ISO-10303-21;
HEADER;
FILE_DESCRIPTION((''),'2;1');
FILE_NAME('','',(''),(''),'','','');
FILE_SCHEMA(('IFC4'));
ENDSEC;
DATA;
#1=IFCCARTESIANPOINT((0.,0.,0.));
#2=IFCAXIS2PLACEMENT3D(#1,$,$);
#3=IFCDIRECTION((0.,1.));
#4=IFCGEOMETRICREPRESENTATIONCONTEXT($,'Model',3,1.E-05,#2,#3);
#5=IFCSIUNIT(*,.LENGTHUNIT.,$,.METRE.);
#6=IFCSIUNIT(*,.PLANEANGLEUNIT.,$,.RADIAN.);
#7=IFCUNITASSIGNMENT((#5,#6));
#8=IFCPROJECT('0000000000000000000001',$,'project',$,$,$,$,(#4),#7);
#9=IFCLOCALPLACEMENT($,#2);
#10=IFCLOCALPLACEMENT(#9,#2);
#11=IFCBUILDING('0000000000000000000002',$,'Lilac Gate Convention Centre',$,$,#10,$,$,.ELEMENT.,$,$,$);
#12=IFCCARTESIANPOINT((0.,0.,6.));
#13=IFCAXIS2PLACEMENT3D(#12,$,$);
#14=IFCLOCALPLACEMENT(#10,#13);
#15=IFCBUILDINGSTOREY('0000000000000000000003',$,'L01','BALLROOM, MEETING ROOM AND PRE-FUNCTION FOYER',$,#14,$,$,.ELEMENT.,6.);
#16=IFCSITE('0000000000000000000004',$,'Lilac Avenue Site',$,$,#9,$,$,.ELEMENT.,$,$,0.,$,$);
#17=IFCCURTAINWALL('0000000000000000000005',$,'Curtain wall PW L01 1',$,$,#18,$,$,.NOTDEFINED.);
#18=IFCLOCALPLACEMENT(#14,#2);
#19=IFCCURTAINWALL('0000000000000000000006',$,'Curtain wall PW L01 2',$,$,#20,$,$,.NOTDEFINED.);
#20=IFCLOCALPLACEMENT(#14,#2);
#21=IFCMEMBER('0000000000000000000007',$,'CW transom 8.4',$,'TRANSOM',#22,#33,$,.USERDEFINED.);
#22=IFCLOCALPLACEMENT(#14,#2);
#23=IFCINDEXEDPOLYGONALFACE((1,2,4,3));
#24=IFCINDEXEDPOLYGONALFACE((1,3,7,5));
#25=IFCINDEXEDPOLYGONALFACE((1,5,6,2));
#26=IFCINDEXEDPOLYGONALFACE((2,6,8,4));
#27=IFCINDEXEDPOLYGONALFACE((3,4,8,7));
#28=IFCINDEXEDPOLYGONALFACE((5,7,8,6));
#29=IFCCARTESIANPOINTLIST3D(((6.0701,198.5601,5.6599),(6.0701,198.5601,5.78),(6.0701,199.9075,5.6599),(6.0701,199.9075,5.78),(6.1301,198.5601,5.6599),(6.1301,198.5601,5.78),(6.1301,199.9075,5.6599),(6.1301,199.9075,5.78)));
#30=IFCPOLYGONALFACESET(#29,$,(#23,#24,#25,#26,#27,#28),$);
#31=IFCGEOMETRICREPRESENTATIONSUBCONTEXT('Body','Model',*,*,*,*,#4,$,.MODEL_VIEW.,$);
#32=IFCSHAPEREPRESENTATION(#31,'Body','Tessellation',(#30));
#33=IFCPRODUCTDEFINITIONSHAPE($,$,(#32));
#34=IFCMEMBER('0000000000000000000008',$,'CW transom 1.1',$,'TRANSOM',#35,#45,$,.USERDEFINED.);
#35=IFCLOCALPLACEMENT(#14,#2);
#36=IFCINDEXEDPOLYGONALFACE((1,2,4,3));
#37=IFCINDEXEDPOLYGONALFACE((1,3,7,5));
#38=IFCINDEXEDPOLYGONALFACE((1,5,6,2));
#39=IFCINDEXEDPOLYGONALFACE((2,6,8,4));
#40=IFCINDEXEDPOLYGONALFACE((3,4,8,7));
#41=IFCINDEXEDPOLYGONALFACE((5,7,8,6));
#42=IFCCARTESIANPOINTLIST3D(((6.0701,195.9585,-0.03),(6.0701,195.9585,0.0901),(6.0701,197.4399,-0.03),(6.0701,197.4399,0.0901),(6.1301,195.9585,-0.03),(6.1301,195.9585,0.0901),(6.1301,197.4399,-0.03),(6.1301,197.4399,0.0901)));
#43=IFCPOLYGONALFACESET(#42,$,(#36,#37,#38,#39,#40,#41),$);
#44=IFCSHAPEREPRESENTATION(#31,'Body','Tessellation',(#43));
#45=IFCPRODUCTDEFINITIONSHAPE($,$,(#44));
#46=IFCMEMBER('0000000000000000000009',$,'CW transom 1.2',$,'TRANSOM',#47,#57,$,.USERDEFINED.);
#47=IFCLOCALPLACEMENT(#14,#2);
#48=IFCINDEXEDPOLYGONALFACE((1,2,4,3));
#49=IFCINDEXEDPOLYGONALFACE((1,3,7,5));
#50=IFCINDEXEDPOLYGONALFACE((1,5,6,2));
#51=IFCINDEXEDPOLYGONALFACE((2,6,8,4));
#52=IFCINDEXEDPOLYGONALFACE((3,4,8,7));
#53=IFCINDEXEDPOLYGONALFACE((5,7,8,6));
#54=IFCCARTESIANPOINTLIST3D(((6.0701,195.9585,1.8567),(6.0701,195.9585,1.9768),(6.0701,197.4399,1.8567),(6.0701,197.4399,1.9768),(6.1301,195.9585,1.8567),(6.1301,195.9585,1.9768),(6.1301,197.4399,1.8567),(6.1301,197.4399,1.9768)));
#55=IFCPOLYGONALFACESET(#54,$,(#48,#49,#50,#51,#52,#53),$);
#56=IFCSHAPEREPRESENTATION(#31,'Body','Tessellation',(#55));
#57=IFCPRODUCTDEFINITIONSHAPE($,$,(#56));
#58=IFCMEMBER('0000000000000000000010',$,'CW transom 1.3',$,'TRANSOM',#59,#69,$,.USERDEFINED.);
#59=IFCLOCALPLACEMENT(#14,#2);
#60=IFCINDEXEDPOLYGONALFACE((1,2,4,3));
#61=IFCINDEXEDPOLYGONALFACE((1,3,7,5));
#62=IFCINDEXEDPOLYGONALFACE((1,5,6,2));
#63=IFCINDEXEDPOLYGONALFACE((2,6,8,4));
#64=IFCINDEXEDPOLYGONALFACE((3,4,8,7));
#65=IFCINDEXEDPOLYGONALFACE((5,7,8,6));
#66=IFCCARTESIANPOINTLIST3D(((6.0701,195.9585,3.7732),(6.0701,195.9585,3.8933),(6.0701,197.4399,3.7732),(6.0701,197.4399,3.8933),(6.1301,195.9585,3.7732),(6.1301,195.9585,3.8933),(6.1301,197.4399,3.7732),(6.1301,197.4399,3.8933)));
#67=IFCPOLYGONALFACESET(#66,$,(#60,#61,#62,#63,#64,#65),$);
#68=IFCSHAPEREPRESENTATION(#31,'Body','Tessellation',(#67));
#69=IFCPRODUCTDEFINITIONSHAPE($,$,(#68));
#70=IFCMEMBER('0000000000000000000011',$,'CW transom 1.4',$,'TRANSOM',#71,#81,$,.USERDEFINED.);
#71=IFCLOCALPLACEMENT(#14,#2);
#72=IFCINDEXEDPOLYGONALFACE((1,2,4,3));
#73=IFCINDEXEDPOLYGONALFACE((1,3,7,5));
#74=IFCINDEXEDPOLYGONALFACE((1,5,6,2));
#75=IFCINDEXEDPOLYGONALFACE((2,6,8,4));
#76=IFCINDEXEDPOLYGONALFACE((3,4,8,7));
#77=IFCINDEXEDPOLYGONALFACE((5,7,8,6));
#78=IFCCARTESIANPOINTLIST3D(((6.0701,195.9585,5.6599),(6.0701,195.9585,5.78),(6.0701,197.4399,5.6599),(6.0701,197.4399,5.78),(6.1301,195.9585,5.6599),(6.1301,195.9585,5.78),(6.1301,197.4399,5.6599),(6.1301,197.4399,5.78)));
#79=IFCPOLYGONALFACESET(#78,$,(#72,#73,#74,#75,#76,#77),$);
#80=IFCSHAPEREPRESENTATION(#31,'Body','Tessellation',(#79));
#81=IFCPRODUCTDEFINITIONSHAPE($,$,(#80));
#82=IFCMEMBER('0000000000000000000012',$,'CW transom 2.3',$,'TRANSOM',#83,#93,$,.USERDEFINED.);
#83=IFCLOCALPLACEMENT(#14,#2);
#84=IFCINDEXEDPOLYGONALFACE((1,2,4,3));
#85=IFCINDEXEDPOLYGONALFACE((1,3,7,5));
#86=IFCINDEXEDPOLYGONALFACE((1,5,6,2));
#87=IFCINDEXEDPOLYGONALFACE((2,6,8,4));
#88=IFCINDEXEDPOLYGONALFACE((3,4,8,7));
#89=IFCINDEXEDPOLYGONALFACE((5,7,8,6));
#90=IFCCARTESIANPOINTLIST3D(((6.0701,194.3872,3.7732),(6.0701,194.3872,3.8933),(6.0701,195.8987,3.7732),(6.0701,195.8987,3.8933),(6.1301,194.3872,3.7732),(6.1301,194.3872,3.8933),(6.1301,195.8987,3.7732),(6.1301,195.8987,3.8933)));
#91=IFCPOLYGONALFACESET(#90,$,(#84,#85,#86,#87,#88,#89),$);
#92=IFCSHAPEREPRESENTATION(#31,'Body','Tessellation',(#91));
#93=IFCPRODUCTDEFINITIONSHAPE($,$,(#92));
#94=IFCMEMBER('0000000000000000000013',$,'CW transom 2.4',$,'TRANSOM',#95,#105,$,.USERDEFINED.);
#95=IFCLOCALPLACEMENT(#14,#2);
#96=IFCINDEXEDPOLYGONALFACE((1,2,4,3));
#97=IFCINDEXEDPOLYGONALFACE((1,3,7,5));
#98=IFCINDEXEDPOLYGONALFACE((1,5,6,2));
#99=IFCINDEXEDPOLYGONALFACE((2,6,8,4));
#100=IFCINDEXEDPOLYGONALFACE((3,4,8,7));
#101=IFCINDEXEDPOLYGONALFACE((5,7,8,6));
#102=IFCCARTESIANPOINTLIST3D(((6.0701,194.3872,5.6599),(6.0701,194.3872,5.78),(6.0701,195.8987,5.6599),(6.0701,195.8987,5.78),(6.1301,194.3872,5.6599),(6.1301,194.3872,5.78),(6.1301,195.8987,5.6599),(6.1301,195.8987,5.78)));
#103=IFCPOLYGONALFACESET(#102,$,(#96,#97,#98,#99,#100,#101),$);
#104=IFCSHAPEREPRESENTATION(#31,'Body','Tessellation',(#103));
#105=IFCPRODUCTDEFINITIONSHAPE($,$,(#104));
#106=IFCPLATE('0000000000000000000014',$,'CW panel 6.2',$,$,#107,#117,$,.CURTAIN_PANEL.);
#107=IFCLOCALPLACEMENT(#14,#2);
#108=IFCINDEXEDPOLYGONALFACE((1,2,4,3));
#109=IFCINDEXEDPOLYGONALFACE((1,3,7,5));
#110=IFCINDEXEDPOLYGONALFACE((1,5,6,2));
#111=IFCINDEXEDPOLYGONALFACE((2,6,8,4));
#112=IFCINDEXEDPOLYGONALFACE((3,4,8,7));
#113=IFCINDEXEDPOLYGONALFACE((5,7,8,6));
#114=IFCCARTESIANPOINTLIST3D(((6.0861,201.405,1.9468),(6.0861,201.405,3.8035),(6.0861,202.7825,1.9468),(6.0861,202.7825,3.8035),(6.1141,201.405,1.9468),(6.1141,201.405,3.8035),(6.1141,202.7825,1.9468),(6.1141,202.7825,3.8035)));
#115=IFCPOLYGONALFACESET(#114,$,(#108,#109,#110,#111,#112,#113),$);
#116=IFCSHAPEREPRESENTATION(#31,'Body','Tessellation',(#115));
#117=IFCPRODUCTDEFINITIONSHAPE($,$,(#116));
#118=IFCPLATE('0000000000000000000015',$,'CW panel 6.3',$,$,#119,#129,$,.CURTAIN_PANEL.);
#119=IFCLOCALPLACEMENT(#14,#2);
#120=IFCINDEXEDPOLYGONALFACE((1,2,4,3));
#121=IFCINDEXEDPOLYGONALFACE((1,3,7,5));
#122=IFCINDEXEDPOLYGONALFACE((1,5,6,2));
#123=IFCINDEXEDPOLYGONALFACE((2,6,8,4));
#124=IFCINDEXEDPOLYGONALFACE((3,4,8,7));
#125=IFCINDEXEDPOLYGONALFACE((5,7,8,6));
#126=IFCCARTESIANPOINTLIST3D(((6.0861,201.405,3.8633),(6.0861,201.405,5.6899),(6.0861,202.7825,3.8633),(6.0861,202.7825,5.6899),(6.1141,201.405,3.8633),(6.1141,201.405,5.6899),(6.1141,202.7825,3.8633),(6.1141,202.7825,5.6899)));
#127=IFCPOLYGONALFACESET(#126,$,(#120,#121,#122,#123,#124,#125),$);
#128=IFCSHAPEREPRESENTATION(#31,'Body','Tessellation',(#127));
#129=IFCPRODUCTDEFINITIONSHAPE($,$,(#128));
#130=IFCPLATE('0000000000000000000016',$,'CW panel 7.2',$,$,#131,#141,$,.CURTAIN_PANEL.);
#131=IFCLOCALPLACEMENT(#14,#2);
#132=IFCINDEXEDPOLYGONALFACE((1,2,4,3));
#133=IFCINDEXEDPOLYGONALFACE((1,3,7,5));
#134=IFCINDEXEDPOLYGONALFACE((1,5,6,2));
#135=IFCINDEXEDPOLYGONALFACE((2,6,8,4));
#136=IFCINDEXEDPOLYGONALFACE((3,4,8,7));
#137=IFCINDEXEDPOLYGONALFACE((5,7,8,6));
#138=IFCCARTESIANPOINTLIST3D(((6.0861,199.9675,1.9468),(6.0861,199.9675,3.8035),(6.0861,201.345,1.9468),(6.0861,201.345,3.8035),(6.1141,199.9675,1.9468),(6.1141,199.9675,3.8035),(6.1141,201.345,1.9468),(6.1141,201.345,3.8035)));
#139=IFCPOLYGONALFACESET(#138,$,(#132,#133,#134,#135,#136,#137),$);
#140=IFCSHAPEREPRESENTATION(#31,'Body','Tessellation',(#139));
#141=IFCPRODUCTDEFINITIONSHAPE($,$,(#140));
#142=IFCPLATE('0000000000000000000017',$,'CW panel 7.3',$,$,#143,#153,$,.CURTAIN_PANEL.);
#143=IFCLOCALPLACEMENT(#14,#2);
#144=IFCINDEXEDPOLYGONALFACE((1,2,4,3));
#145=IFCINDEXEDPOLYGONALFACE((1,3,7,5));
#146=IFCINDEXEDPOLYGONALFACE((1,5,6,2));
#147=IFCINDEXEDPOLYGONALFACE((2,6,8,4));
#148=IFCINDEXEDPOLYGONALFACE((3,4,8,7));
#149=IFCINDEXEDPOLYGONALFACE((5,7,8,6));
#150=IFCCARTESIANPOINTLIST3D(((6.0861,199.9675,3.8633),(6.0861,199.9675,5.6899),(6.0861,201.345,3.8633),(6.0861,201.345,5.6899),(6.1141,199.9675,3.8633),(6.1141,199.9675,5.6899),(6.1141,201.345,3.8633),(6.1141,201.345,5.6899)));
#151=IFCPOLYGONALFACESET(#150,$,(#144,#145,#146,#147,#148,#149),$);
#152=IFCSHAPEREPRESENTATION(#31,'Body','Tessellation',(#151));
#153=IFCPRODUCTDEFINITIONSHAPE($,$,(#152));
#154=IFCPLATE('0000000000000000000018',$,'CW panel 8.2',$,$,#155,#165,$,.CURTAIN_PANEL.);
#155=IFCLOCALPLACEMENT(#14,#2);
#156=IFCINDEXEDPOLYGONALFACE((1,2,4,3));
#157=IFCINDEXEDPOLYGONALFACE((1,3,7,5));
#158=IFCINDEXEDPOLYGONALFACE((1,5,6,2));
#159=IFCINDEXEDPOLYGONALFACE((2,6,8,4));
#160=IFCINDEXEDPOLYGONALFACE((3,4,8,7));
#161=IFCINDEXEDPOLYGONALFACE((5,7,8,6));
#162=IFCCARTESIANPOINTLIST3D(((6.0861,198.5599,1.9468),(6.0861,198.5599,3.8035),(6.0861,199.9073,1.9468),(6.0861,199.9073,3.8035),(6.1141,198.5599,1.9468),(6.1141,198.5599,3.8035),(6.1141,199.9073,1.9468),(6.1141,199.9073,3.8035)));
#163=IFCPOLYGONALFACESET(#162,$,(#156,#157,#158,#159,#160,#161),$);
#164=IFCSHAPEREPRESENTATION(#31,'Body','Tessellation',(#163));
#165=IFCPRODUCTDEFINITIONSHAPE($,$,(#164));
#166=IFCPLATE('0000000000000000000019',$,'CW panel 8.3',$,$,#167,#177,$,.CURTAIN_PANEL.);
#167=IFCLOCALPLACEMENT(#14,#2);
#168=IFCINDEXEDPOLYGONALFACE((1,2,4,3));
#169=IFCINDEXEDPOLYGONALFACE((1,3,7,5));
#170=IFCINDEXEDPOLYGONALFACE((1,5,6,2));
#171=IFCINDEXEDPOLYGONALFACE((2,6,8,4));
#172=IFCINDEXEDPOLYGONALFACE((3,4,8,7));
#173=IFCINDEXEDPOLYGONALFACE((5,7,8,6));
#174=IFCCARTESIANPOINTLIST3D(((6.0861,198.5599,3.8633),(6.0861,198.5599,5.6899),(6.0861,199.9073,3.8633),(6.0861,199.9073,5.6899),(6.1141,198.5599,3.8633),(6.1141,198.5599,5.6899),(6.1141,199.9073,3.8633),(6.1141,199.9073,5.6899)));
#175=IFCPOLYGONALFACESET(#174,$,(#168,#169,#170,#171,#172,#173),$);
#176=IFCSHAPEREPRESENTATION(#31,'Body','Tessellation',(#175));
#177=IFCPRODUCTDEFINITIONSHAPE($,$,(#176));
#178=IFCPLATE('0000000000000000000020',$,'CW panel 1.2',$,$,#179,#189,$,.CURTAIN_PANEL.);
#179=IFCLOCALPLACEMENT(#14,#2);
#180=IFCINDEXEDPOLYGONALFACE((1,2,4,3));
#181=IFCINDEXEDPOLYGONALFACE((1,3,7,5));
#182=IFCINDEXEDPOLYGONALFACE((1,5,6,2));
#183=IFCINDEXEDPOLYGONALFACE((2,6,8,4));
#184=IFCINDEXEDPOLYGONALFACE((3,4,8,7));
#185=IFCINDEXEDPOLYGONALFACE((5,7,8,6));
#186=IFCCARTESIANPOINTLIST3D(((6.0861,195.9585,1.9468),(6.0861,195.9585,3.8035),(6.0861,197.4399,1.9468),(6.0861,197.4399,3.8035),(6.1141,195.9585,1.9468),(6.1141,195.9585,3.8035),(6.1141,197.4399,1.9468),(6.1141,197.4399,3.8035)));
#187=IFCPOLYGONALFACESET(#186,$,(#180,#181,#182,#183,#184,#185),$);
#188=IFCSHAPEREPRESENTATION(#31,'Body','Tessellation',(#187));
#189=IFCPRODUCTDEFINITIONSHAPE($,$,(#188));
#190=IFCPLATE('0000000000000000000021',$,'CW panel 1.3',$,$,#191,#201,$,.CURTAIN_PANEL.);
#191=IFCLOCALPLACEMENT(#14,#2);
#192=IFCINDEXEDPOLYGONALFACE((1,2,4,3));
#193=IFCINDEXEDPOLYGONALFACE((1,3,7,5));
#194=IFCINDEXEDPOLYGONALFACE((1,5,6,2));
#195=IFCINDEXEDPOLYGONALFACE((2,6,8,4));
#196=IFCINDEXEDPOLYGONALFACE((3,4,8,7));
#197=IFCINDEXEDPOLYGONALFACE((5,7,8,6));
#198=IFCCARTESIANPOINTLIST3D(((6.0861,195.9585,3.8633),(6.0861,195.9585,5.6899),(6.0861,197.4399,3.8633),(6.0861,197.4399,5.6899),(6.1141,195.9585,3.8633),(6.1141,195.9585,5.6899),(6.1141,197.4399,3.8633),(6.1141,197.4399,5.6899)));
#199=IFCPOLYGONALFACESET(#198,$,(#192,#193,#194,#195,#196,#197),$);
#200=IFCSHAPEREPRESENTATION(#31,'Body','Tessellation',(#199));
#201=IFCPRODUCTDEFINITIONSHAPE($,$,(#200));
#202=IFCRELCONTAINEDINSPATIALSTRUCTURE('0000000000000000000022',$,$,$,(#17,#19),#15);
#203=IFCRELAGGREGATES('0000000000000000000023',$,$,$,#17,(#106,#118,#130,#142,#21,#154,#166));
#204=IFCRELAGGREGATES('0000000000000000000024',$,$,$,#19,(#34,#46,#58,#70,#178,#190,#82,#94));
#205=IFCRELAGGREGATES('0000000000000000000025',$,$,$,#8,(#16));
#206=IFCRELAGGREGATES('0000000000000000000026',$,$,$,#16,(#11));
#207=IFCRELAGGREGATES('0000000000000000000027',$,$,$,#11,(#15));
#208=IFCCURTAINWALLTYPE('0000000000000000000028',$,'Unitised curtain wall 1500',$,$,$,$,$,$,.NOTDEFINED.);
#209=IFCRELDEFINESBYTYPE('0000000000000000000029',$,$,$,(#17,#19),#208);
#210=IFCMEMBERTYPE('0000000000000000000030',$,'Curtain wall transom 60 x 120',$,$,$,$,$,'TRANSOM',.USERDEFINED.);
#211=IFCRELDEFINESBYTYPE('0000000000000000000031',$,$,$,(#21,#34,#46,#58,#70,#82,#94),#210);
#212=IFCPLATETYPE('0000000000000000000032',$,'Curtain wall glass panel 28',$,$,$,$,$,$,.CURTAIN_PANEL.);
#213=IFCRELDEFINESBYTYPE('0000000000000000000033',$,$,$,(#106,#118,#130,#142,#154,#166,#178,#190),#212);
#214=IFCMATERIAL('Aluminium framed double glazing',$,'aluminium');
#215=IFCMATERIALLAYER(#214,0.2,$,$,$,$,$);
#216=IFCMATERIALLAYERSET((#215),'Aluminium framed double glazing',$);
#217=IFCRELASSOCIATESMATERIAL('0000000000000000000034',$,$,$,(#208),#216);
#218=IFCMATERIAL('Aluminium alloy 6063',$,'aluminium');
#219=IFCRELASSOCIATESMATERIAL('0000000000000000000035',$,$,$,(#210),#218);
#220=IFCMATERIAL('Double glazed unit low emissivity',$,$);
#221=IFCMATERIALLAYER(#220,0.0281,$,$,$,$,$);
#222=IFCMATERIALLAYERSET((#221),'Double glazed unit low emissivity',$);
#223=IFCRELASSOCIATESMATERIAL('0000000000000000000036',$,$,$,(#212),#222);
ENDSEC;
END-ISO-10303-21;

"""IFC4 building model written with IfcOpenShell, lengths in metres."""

from ifc_helpers import new_model, si_unit, direction, frame, origin, origin_2d, place, context, subcontext, project, spatial, rectangle, extrude, material, layer, layer_set, material_profile, profile_set, type_object, element, aggregate, save


model = new_model("IFC4")

# Units and contexts
model_context = context("Model", 3, precision=1e-05, world=origin(), true_north=direction((0.0, 1.0)))
body_context = subcontext(model_context, "Body", "Model", "MODEL_VIEW")
ifc_project = project(units=[si_unit("LENGTHUNIT", "METRE"), si_unit("PLANEANGLEUNIT", "RADIAN")], contexts=[model_context])

# Site, building, storey
site_placement = place(None, origin())
site = spatial("IfcSite", under=ifc_project, at=site_placement, Name="Lilac Avenue Site", CompositionType="ELEMENT", RefElevation=0.0)
building_placement = place(site_placement, origin())
building = spatial("IfcBuilding", under=site, at=building_placement, Name="Lilac Gate Convention Centre", CompositionType="ELEMENT")
storey_placement = place(building_placement, frame((0.0, 0.0, 6.0)))
storey = spatial("IfcBuildingStorey", under=building, at=storey_placement, Name="L01", Description="BALLROOM, MEETING ROOM AND PRE-FUNCTION FOYER", CompositionType="ELEMENT", Elevation=6.0)

# Curtain walls
ifc_material_1 = material(Name="Aluminium framed double glazing", Category="aluminium")
ifc_layer_1 = layer(ifc_material_1, 0.2)
ifc_layer_set_1 = layer_set([ifc_layer_1], Name="Aluminium framed double glazing")
curtain_wall_type = type_object("IfcCurtainWallType", Name="Unitised curtain wall 1500", PredefinedType="NOTDEFINED", material=ifc_layer_set_1)
curtain_wall_1_placement = place(storey_placement, origin())
curtain_wall_1 = element("IfcCurtainWall", 1, at=curtain_wall_1_placement, inside=storey, type_object=curtain_wall_type, Name="Curtain wall PW L01 1", PredefinedType="NOTDEFINED")
ifc_material_2 = material(Name="Aluminium alloy 6063", Category="aluminium")
curtain_wall_2_placement = place(storey_placement, origin())
curtain_wall_2 = element("IfcCurtainWall", 2, at=curtain_wall_2_placement, inside=storey, type_object=curtain_wall_type, Name="Curtain wall PW L01 2", PredefinedType="NOTDEFINED")

# Members
ifc_material_profile_1 = material_profile(ifc_material_2, rectangle(XDim=0.0601, YDim=0.1201, at=origin_2d()), Name="Curtain wall transom 60 x 120")
ifc_profile_set_1 = profile_set([ifc_material_profile_1], Name="Aluminium alloy 6063")
member_type_1 = type_object("IfcMemberType", Name="Curtain wall transom 60 x 120", ElementType="TRANSOM", PredefinedType="USERDEFINED", material=ifc_profile_set_1)
member_1_placement = place(storey_placement, frame((6.1001, 199.9075, 5.72), z_axis=(0.0, -1.0, 0.0), x_axis=(1.0, 0.0, 0.0)))
member_1 = element("IfcMember", 3, at=member_1_placement, type_object=member_type_1, Name="CW transom 8.4", ObjectType="TRANSOM", PredefinedType="USERDEFINED", context=body_context, shape_type="SweptSolid", body=[
    extrude(rectangle(XDim=0.0601, YDim=0.1201, at=origin_2d()), origin(), (0.0, 0.0, 1.0), 1.3474),
])
member_2_placement = place(storey_placement, frame((6.1001, 197.4399, 0.03), z_axis=(0.0, -1.0, 0.0), x_axis=(1.0, 0.0, 0.0)))
member_2 = element("IfcMember", 4, at=member_2_placement, type_object=member_type_1, Name="CW transom 1.1", ObjectType="TRANSOM", PredefinedType="USERDEFINED", context=body_context, shape_type="SweptSolid", body=[
    extrude(rectangle(XDim=0.0601, YDim=0.1201, at=origin_2d()), origin(), (0.0, 0.0, 1.0), 1.4814),
])
member_3_placement = place(storey_placement, frame((6.1001, 197.4399, 1.9167), z_axis=(0.0, -1.0, 0.0), x_axis=(1.0, 0.0, 0.0)))
member_3 = element("IfcMember", 5, at=member_3_placement, type_object=member_type_1, Name="CW transom 1.2", ObjectType="TRANSOM", PredefinedType="USERDEFINED", context=body_context, shape_type="SweptSolid", body=[
    extrude(rectangle(XDim=0.0601, YDim=0.1201, at=origin_2d()), origin(), (0.0, 0.0, 1.0), 1.4814),
])
member_4_placement = place(storey_placement, frame((6.1001, 197.4399, 3.8333), z_axis=(0.0, -1.0, 0.0), x_axis=(1.0, 0.0, 0.0)))
member_4 = element("IfcMember", 6, at=member_4_placement, type_object=member_type_1, Name="CW transom 1.3", ObjectType="TRANSOM", PredefinedType="USERDEFINED", context=body_context, shape_type="SweptSolid", body=[
    extrude(rectangle(XDim=0.0601, YDim=0.1201, at=origin_2d()), origin(), (0.0, 0.0, 1.0), 1.4814),
])
member_5_placement = place(storey_placement, frame((6.1001, 197.4399, 5.72), z_axis=(0.0, -1.0, 0.0), x_axis=(1.0, 0.0, 0.0)))
member_5 = element("IfcMember", 7, at=member_5_placement, type_object=member_type_1, Name="CW transom 1.4", ObjectType="TRANSOM", PredefinedType="USERDEFINED", context=body_context, shape_type="SweptSolid", body=[
    extrude(rectangle(XDim=0.0601, YDim=0.1201, at=origin_2d()), origin(), (0.0, 0.0, 1.0), 1.4814),
])
member_6_placement = place(storey_placement, frame((6.1001, 195.8987, 3.8333), z_axis=(0.0, -1.0, 0.0), x_axis=(1.0, 0.0, 0.0)))
member_6 = element("IfcMember", 8, at=member_6_placement, type_object=member_type_1, Name="CW transom 2.3", ObjectType="TRANSOM", PredefinedType="USERDEFINED", context=body_context, shape_type="SweptSolid", body=[
    extrude(rectangle(XDim=0.0601, YDim=0.1201, at=origin_2d()), origin(), (0.0, 0.0, 1.0), 1.5115),
])
member_7_placement = place(storey_placement, frame((6.1001, 195.8987, 5.72), z_axis=(0.0, -1.0, 0.0), x_axis=(1.0, 0.0, 0.0)))
member_7 = element("IfcMember", 9, at=member_7_placement, type_object=member_type_1, Name="CW transom 2.4", ObjectType="TRANSOM", PredefinedType="USERDEFINED", context=body_context, shape_type="SweptSolid", body=[
    extrude(rectangle(XDim=0.0601, YDim=0.1201, at=origin_2d()), origin(), (0.0, 0.0, 1.0), 1.5115),
])

# Plates
ifc_material_3 = material(Name="Double glazed unit low emissivity")
ifc_layer_2 = layer(ifc_material_3, 0.0281)
ifc_layer_set_2 = layer_set([ifc_layer_2], Name="Double glazed unit low emissivity")
plate_type_1 = type_object("IfcPlateType", Name="Curtain wall glass panel 28", PredefinedType="CURTAIN_PANEL", material=ifc_layer_set_2)
plate_1_placement = place(storey_placement, frame((6.1001, 202.0938, 1.9468), z_axis=(0.0, 0.0, 1.0), x_axis=(0.0, -1.0, 0.0)))
plate_1 = element("IfcPlate", 10, at=plate_1_placement, type_object=plate_type_1, Name="CW panel 6.2", PredefinedType="CURTAIN_PANEL", context=body_context, shape_type="SweptSolid", body=[
    extrude(rectangle(XDim=1.3774, YDim=0.0281, at=origin_2d()), origin(), (0.0, 0.0, 1.0), 1.8567),
])
plate_2_placement = place(storey_placement, frame((6.1001, 202.0938, 3.8633), z_axis=(0.0, 0.0, 1.0), x_axis=(0.0, -1.0, 0.0)))
plate_2 = element("IfcPlate", 11, at=plate_2_placement, type_object=plate_type_1, Name="CW panel 6.3", PredefinedType="CURTAIN_PANEL", context=body_context, shape_type="SweptSolid", body=[
    extrude(rectangle(XDim=1.3774, YDim=0.0281, at=origin_2d()), origin(), (0.0, 0.0, 1.0), 1.8267),
])
plate_3_placement = place(storey_placement, frame((6.1001, 200.6562, 1.9468), z_axis=(0.0, 0.0, 1.0), x_axis=(0.0, -1.0, 0.0)))
plate_3 = element("IfcPlate", 12, at=plate_3_placement, type_object=plate_type_1, Name="CW panel 7.2", PredefinedType="CURTAIN_PANEL", context=body_context, shape_type="SweptSolid", body=[
    extrude(rectangle(XDim=1.3774, YDim=0.0281, at=origin_2d()), origin(), (0.0, 0.0, 1.0), 1.8567),
])
plate_4_placement = place(storey_placement, frame((6.1001, 200.6562, 3.8633), z_axis=(0.0, 0.0, 1.0), x_axis=(0.0, -1.0, 0.0)))
plate_4 = element("IfcPlate", 13, at=plate_4_placement, type_object=plate_type_1, Name="CW panel 7.3", PredefinedType="CURTAIN_PANEL", context=body_context, shape_type="SweptSolid", body=[
    extrude(rectangle(XDim=1.3774, YDim=0.0281, at=origin_2d()), origin(), (0.0, 0.0, 1.0), 1.8267),
])
plate_5_placement = place(storey_placement, frame((6.1001, 199.2336, 1.9468), z_axis=(0.0, 0.0, 1.0), x_axis=(0.0, -1.0, 0.0)))
plate_5 = element("IfcPlate", 14, at=plate_5_placement, type_object=plate_type_1, Name="CW panel 8.2", PredefinedType="CURTAIN_PANEL", context=body_context, shape_type="SweptSolid", body=[
    extrude(rectangle(XDim=1.3474, YDim=0.0281, at=origin_2d()), origin(), (0.0, 0.0, 1.0), 1.8567),
])
plate_6_placement = place(storey_placement, frame((6.1001, 199.2336, 3.8633), z_axis=(0.0, 0.0, 1.0), x_axis=(0.0, -1.0, 0.0)))
plate_6 = element("IfcPlate", 15, at=plate_6_placement, type_object=plate_type_1, Name="CW panel 8.3", PredefinedType="CURTAIN_PANEL", context=body_context, shape_type="SweptSolid", body=[
    extrude(rectangle(XDim=1.3474, YDim=0.0281, at=origin_2d()), origin(), (0.0, 0.0, 1.0), 1.8267),
])
plate_7_placement = place(storey_placement, frame((6.1001, 196.6992, 1.9468), z_axis=(0.0, 0.0, 1.0), x_axis=(0.0, -1.0, 0.0)))
plate_7 = element("IfcPlate", 16, at=plate_7_placement, type_object=plate_type_1, Name="CW panel 1.2", PredefinedType="CURTAIN_PANEL", context=body_context, shape_type="SweptSolid", body=[
    extrude(rectangle(XDim=1.4814, YDim=0.0281, at=origin_2d()), origin(), (0.0, 0.0, 1.0), 1.8567),
])
plate_8_placement = place(storey_placement, frame((6.1001, 196.6992, 3.8633), z_axis=(0.0, 0.0, 1.0), x_axis=(0.0, -1.0, 0.0)))
plate_8 = element("IfcPlate", 17, at=plate_8_placement, type_object=plate_type_1, Name="CW panel 1.3", PredefinedType="CURTAIN_PANEL", context=body_context, shape_type="SweptSolid", body=[
    extrude(rectangle(XDim=1.4814, YDim=0.0281, at=origin_2d()), origin(), (0.0, 0.0, 1.0), 1.8267),
])
aggregate(curtain_wall_1, [plate_1, plate_2, plate_3, plate_4, member_1, plate_5, plate_6])
aggregate(curtain_wall_2, [member_2, member_3, member_4, member_5, plate_7, plate_8, member_6, member_7])

save(model, "model.ifc")
